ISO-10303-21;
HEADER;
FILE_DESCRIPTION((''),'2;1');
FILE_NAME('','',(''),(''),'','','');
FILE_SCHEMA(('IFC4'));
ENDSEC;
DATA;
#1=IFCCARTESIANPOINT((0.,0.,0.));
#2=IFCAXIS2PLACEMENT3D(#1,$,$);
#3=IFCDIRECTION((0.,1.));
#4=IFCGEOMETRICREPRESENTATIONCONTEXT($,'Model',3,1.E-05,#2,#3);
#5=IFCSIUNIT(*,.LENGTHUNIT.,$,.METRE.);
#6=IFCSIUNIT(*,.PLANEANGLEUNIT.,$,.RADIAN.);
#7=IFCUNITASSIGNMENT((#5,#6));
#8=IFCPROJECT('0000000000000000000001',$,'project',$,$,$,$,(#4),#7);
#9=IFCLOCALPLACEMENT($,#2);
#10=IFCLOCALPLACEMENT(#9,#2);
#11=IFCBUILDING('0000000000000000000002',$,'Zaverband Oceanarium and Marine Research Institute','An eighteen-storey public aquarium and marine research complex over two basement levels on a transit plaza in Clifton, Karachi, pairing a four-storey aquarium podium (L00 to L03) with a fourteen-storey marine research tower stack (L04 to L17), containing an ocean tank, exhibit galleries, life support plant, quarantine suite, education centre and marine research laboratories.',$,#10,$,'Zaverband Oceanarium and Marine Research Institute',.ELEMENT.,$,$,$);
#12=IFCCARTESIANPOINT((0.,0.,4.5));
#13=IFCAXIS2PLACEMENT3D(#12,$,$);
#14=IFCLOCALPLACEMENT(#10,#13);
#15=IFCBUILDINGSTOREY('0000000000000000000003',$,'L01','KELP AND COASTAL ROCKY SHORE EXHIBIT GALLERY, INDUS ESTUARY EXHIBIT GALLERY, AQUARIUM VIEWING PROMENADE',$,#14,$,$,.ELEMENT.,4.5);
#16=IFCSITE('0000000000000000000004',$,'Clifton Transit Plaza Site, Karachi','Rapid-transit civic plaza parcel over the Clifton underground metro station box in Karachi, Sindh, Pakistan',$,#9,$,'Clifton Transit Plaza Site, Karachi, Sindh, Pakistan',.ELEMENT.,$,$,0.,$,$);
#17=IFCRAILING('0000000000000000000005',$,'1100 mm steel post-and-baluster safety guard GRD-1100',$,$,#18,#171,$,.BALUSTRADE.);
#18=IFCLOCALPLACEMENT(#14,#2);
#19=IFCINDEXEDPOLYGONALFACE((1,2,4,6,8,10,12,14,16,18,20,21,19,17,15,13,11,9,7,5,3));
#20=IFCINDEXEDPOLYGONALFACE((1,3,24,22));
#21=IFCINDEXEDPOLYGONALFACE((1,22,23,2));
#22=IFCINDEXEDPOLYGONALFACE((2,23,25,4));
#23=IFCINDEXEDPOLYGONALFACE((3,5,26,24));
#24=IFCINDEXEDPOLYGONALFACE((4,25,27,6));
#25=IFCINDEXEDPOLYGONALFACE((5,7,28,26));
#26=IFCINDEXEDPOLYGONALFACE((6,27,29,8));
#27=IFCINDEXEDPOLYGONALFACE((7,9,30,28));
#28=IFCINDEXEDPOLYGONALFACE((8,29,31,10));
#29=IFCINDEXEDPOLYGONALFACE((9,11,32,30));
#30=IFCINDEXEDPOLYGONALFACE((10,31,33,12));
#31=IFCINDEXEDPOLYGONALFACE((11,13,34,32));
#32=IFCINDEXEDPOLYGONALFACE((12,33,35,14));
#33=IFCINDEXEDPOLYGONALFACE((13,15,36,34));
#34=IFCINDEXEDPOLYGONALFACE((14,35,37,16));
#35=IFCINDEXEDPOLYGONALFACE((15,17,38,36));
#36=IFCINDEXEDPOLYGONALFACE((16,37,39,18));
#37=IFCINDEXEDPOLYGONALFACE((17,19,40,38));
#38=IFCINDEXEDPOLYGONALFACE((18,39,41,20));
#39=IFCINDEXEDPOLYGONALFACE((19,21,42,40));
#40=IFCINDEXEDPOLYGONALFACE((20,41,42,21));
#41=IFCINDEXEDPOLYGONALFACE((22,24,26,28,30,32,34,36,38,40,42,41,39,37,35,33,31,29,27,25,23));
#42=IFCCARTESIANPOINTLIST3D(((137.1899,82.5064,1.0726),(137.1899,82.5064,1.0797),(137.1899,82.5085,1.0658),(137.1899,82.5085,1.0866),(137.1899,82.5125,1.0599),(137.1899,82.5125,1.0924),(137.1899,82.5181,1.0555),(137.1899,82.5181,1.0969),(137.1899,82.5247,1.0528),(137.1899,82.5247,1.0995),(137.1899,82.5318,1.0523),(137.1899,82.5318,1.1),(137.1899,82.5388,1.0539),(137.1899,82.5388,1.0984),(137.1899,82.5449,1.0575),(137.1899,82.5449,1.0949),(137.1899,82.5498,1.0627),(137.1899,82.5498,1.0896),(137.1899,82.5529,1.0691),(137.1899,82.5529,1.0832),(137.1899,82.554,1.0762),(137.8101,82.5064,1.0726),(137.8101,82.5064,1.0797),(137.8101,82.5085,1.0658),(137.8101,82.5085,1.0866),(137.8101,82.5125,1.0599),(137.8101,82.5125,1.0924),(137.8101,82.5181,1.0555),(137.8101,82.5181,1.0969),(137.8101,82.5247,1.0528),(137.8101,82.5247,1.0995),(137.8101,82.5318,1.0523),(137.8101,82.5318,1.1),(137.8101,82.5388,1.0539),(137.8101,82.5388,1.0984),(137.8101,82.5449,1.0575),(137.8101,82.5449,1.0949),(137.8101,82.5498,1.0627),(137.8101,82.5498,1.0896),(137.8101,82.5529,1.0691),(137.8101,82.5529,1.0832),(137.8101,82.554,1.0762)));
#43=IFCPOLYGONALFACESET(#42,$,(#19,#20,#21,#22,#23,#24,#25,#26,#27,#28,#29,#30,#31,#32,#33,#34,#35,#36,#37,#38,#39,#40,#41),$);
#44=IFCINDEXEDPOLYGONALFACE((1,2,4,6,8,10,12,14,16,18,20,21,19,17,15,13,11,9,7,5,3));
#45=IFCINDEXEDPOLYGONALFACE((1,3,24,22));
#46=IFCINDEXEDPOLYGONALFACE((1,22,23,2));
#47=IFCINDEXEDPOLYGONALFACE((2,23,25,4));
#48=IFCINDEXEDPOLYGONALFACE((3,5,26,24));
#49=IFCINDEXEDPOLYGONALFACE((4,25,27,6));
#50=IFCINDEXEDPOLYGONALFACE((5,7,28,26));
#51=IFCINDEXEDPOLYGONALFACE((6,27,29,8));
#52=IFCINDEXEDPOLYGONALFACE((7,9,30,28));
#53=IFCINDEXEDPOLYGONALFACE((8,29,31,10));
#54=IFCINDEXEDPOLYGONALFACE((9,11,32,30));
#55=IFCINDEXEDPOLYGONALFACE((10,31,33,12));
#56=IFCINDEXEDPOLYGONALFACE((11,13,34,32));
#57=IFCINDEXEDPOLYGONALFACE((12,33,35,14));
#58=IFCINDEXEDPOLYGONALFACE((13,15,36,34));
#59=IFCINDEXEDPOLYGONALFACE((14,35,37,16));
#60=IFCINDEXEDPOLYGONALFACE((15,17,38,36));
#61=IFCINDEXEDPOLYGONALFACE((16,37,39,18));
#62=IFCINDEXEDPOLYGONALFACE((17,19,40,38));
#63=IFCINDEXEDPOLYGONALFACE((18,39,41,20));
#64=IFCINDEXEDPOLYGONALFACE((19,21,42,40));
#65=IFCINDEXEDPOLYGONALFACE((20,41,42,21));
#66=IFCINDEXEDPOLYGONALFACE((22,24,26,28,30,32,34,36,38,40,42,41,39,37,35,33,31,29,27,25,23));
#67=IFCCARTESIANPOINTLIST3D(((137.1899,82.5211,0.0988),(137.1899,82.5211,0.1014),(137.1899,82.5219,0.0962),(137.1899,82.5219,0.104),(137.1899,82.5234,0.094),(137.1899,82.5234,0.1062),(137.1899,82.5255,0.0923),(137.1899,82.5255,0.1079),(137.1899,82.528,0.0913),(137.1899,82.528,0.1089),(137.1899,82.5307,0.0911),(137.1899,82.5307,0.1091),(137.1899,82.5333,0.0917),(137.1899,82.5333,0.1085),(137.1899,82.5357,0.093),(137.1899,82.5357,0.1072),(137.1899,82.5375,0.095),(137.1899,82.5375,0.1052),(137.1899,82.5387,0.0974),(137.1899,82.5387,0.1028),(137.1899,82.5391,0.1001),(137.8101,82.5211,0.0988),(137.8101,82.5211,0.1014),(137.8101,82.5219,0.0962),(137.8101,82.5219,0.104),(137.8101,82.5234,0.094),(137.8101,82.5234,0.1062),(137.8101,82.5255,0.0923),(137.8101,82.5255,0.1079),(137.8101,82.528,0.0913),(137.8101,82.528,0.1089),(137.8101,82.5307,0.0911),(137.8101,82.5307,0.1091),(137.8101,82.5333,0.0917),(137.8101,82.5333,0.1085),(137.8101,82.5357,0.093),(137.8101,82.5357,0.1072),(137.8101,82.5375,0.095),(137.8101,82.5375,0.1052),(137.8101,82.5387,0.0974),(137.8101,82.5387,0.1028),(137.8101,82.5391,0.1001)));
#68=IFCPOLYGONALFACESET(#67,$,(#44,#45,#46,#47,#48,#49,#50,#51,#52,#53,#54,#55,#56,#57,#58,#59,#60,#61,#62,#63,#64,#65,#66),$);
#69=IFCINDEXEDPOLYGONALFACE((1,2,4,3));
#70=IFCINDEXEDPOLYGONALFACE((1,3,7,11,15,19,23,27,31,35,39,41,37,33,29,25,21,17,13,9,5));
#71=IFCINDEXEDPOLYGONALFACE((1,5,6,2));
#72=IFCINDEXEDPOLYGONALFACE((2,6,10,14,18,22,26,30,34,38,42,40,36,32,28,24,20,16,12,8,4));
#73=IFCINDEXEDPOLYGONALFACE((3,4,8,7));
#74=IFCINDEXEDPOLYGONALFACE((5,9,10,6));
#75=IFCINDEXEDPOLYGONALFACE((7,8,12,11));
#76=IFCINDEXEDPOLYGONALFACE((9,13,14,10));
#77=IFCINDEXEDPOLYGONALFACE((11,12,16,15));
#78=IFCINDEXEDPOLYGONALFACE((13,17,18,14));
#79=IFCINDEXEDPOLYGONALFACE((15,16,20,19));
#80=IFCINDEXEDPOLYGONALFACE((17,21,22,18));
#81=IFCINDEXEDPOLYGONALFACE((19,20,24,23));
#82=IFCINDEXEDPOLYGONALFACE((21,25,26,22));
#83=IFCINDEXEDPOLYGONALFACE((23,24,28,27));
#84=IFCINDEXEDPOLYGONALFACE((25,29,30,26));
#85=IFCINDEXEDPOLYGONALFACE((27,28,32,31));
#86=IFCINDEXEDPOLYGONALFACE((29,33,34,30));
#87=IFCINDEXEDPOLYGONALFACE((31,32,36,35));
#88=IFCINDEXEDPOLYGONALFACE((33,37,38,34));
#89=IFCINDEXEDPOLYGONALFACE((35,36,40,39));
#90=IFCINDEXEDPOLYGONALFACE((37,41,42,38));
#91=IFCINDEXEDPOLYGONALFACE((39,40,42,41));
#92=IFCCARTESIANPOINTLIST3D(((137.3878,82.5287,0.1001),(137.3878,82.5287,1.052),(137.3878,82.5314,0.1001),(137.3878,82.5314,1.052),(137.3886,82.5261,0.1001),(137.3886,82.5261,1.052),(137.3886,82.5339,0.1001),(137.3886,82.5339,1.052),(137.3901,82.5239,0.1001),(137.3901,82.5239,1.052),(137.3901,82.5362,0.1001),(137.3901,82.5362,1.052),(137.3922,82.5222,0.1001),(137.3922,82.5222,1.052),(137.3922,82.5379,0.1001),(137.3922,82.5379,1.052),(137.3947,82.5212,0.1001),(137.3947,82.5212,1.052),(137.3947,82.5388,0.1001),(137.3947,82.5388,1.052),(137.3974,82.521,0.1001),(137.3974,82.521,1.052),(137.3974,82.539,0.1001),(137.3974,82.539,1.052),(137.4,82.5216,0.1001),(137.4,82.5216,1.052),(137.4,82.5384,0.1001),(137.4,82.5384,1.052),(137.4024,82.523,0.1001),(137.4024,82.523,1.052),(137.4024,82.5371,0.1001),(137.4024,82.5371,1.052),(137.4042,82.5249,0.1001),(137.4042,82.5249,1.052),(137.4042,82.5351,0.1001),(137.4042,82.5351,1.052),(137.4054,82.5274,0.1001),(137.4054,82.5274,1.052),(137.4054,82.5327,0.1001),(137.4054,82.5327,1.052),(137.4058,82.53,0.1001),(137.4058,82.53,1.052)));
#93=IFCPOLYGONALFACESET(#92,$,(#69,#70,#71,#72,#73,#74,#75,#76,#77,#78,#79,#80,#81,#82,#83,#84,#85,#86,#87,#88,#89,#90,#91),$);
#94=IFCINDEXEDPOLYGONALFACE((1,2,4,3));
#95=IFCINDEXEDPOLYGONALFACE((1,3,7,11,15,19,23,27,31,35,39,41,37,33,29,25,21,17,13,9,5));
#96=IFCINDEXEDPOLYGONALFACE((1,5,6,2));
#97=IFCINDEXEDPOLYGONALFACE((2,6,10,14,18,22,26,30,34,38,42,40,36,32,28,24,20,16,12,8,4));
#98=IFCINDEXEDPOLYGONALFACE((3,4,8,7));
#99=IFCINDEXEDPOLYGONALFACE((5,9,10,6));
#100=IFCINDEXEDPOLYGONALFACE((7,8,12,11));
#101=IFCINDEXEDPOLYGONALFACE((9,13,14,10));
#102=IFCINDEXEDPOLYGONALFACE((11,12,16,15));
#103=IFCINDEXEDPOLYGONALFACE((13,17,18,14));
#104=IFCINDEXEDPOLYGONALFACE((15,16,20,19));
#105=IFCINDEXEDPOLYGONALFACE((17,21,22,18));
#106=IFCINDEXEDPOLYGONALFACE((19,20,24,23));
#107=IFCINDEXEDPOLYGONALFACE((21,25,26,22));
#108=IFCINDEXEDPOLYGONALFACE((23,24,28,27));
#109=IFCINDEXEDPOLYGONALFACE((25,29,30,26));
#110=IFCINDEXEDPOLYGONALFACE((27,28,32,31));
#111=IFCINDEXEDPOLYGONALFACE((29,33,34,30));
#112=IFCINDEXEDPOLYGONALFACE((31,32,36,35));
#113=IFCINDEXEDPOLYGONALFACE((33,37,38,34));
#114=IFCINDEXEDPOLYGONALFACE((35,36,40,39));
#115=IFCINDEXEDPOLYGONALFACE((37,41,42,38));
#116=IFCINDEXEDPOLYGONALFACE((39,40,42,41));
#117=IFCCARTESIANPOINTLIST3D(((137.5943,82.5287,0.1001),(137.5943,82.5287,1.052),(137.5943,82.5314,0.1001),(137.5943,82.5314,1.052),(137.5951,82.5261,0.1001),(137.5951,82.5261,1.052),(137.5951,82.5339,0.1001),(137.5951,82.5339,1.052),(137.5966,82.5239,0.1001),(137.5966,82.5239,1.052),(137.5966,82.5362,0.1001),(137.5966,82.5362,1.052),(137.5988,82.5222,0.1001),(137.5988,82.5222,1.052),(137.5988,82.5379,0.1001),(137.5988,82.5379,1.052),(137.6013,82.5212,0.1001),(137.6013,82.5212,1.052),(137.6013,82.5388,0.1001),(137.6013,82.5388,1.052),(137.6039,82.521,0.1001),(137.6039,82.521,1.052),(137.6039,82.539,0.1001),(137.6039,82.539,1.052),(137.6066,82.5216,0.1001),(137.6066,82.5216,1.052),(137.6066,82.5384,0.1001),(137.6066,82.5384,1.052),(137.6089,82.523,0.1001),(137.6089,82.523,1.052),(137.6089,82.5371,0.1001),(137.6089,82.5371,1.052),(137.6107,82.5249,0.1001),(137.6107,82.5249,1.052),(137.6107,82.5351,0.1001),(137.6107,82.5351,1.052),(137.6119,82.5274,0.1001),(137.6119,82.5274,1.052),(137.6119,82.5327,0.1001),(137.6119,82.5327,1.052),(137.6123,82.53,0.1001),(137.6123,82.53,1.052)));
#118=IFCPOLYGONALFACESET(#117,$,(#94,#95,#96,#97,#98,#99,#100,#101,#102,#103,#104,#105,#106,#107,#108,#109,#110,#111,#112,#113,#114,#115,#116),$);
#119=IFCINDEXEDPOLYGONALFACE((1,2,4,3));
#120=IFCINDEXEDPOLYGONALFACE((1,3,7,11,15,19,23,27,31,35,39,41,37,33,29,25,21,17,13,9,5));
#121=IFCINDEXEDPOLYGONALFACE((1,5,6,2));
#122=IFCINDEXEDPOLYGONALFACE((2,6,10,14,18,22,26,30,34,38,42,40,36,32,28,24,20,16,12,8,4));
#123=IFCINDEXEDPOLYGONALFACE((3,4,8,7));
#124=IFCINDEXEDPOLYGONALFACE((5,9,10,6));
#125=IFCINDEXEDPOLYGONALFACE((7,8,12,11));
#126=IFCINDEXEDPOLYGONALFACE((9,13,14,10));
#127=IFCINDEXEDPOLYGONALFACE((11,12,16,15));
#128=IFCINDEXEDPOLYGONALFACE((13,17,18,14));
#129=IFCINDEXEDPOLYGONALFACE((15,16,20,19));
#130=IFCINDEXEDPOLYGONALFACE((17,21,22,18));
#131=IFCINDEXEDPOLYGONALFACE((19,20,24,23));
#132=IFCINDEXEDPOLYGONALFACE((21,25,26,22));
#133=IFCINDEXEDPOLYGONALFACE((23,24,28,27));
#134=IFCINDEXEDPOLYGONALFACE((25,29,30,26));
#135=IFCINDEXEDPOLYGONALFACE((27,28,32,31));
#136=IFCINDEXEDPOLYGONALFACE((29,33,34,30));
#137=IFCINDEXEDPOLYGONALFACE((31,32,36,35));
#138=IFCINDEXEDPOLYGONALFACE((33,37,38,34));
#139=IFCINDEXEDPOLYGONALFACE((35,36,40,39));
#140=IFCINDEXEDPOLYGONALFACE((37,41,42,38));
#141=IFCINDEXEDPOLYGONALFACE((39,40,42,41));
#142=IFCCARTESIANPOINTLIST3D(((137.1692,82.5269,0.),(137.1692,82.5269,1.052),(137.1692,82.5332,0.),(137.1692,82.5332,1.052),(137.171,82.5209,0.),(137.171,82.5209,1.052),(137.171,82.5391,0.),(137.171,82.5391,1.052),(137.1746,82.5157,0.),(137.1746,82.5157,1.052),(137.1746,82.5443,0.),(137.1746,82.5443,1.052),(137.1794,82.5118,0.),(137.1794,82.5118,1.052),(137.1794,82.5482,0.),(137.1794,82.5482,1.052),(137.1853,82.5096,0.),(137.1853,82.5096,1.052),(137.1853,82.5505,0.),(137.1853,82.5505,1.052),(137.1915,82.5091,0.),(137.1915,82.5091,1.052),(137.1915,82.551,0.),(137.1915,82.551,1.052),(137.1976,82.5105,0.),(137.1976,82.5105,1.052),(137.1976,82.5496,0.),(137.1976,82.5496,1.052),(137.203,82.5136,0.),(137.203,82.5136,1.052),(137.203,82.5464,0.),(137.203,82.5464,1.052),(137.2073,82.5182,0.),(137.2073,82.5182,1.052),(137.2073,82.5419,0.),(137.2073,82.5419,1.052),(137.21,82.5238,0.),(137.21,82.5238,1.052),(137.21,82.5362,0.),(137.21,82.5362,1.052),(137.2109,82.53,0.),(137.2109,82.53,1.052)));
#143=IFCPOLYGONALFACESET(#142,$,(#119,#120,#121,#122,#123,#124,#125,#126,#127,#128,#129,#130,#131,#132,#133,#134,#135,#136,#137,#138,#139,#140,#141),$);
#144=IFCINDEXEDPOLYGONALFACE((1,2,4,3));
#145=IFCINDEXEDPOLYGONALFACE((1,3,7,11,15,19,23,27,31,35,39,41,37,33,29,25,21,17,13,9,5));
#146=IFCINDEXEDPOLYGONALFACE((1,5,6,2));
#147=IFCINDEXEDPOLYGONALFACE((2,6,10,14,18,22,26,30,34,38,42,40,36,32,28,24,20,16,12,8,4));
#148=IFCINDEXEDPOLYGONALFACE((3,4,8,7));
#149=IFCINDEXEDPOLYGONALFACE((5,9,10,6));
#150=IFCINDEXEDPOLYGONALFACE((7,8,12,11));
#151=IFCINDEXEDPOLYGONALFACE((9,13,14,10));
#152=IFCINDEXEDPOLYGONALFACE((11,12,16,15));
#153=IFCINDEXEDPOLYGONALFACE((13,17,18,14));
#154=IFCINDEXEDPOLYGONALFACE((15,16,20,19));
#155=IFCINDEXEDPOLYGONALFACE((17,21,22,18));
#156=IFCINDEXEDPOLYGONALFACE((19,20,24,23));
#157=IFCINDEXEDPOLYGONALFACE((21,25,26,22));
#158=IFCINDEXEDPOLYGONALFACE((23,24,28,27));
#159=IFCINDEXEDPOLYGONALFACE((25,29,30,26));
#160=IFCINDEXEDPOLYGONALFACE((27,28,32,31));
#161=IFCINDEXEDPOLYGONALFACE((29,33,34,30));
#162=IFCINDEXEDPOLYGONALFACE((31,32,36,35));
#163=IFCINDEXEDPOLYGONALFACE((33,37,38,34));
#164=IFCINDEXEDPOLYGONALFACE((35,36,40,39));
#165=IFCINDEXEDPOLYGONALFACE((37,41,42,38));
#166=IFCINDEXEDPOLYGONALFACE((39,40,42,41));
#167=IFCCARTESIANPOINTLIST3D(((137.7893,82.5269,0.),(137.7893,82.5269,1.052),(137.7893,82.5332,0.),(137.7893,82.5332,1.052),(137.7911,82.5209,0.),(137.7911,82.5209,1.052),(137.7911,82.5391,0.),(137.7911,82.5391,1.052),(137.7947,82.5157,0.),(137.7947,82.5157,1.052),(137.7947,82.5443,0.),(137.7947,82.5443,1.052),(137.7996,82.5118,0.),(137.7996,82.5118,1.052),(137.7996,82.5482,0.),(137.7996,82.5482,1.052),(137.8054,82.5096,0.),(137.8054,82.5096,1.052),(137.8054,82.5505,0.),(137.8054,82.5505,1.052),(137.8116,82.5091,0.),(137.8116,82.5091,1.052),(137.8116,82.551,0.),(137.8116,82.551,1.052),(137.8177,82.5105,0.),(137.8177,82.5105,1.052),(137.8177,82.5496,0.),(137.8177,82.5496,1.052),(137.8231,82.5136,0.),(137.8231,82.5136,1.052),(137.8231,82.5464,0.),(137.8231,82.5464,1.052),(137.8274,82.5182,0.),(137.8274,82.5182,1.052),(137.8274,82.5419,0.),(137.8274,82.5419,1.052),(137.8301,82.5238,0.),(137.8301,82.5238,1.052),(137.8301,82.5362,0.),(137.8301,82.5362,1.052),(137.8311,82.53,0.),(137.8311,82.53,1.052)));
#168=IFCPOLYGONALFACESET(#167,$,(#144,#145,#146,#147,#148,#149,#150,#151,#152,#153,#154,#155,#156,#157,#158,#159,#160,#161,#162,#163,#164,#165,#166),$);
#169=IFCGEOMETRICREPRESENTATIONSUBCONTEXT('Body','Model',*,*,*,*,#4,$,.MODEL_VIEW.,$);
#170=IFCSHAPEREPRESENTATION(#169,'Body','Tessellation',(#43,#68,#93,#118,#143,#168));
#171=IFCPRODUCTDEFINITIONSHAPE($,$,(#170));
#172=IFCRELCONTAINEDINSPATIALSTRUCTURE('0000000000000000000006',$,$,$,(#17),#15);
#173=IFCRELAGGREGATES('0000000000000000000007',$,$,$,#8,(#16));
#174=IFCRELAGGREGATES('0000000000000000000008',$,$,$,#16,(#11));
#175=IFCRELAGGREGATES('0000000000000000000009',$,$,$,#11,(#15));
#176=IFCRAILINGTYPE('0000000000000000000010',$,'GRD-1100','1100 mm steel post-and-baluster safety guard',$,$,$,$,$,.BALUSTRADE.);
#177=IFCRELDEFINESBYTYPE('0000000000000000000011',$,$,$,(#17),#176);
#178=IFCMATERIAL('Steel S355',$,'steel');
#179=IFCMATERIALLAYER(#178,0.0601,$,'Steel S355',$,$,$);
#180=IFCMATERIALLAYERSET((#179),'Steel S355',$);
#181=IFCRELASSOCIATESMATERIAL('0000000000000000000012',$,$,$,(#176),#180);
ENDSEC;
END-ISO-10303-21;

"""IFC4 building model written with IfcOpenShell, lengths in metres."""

from ifc_helpers import new_model, si_unit, direction, frame, origin, origin_2d, place, context, subcontext, project, spatial, circle, extrude, material, layer, layer_set, type_object, element, save


model = new_model("IFC4")

# Units and contexts
model_context = context("Model", 3, precision=1e-05, world=origin(), true_north=direction((0.0, 1.0)))
body_context = subcontext(model_context, "Body", "Model", "MODEL_VIEW")
ifc_project = project(units=[si_unit("LENGTHUNIT", "METRE"), si_unit("PLANEANGLEUNIT", "RADIAN")], contexts=[model_context])

# Site, building, storey
site_placement = place(None, origin())
site = spatial("IfcSite", under=ifc_project, at=site_placement, Name="Clifton Transit Plaza Site, Karachi", Description="Rapid-transit civic plaza parcel over the Clifton underground metro station box in Karachi, Sindh, Pakistan", LongName="Clifton Transit Plaza Site, Karachi, Sindh, Pakistan", CompositionType="ELEMENT", RefElevation=0.0)
building_placement = place(site_placement, origin())
building = spatial("IfcBuilding", under=site, at=building_placement, Name="Zaverband Oceanarium and Marine Research Institute", Description="An eighteen-storey public aquarium and marine research complex over two basement levels on a transit plaza in Clifton, Karachi, pairing a four-storey aquarium podium (L00 to L03) with a fourteen-storey marine research tower stack (L04 to L17), containing an ocean tank, exhibit galleries, life support plant, quarantine suite, education centre and marine research laboratories.", LongName="Zaverband Oceanarium and Marine Research Institute", CompositionType="ELEMENT")
storey_placement = place(building_placement, frame((0.0, 0.0, 4.5)))
storey = spatial("IfcBuildingStorey", under=building, at=storey_placement, Name="L01", Description="KELP AND COASTAL ROCKY SHORE EXHIBIT GALLERY, INDUS ESTUARY EXHIBIT GALLERY, AQUARIUM VIEWING PROMENADE", CompositionType="ELEMENT", Elevation=4.5)

# Shared definitions
ifc_material_1 = material(Name="Steel S355", Category="steel")

# Railing
ifc_layer_1 = layer(ifc_material_1, 0.0601, Name="Steel S355")
ifc_layer_set_1 = layer_set([ifc_layer_1], Name="Steel S355")
railing_type_1 = type_object("IfcRailingType", Name="GRD-1100", Description="1100 mm steel post-and-baluster safety guard", PredefinedType="BALUSTRADE", material=ifc_layer_set_1)
for number, where, name in (
    (1, (137.1899, 82.53, 0.0), "1100 mm steel post-and-baluster safety guard GRD-1100"),
):
    element("IfcRailing", number, at=place(storey_placement, frame(where)), inside=storey, type_object=railing_type_1, Name=name, PredefinedType="BALUSTRADE", context=body_context, shape_type="SweptSolid", body=[
        extrude(circle(Radius=0.0239, at=origin_2d()), frame((0.0, 0.0, 1.0762), z_axis=(1.0, 0.0, 0.0), x_axis=(0.0, 1.0, 0.0)), (0.0, 0.0, 1.0), 0.6201),
        extrude(circle(Radius=0.009, at=origin_2d()), frame((0.0, 0.0, 0.1001), z_axis=(1.0, 0.0, 0.0), x_axis=(0.0, 1.0, 0.0)), (0.0, 0.0, 1.0), 0.6201),
        extrude(circle(Radius=0.009, at=origin_2d()), frame((0.2068, 0.0, 0.1001)), (0.0, 0.0, 1.0), 0.9519),
        extrude(circle(Radius=0.009, at=origin_2d()), frame((0.4133, 0.0, 0.1001)), (0.0, 0.0, 1.0), 0.9519),
        extrude(circle(Radius=0.021, at=origin_2d()), origin(), (0.0, 0.0, 1.0), 1.052),
        extrude(circle(Radius=0.021, at=origin_2d()), frame((0.6201, 0.0, 0.0)), (0.0, 0.0, 1.0), 1.052),
    ])

save(model, "model.ifc")
